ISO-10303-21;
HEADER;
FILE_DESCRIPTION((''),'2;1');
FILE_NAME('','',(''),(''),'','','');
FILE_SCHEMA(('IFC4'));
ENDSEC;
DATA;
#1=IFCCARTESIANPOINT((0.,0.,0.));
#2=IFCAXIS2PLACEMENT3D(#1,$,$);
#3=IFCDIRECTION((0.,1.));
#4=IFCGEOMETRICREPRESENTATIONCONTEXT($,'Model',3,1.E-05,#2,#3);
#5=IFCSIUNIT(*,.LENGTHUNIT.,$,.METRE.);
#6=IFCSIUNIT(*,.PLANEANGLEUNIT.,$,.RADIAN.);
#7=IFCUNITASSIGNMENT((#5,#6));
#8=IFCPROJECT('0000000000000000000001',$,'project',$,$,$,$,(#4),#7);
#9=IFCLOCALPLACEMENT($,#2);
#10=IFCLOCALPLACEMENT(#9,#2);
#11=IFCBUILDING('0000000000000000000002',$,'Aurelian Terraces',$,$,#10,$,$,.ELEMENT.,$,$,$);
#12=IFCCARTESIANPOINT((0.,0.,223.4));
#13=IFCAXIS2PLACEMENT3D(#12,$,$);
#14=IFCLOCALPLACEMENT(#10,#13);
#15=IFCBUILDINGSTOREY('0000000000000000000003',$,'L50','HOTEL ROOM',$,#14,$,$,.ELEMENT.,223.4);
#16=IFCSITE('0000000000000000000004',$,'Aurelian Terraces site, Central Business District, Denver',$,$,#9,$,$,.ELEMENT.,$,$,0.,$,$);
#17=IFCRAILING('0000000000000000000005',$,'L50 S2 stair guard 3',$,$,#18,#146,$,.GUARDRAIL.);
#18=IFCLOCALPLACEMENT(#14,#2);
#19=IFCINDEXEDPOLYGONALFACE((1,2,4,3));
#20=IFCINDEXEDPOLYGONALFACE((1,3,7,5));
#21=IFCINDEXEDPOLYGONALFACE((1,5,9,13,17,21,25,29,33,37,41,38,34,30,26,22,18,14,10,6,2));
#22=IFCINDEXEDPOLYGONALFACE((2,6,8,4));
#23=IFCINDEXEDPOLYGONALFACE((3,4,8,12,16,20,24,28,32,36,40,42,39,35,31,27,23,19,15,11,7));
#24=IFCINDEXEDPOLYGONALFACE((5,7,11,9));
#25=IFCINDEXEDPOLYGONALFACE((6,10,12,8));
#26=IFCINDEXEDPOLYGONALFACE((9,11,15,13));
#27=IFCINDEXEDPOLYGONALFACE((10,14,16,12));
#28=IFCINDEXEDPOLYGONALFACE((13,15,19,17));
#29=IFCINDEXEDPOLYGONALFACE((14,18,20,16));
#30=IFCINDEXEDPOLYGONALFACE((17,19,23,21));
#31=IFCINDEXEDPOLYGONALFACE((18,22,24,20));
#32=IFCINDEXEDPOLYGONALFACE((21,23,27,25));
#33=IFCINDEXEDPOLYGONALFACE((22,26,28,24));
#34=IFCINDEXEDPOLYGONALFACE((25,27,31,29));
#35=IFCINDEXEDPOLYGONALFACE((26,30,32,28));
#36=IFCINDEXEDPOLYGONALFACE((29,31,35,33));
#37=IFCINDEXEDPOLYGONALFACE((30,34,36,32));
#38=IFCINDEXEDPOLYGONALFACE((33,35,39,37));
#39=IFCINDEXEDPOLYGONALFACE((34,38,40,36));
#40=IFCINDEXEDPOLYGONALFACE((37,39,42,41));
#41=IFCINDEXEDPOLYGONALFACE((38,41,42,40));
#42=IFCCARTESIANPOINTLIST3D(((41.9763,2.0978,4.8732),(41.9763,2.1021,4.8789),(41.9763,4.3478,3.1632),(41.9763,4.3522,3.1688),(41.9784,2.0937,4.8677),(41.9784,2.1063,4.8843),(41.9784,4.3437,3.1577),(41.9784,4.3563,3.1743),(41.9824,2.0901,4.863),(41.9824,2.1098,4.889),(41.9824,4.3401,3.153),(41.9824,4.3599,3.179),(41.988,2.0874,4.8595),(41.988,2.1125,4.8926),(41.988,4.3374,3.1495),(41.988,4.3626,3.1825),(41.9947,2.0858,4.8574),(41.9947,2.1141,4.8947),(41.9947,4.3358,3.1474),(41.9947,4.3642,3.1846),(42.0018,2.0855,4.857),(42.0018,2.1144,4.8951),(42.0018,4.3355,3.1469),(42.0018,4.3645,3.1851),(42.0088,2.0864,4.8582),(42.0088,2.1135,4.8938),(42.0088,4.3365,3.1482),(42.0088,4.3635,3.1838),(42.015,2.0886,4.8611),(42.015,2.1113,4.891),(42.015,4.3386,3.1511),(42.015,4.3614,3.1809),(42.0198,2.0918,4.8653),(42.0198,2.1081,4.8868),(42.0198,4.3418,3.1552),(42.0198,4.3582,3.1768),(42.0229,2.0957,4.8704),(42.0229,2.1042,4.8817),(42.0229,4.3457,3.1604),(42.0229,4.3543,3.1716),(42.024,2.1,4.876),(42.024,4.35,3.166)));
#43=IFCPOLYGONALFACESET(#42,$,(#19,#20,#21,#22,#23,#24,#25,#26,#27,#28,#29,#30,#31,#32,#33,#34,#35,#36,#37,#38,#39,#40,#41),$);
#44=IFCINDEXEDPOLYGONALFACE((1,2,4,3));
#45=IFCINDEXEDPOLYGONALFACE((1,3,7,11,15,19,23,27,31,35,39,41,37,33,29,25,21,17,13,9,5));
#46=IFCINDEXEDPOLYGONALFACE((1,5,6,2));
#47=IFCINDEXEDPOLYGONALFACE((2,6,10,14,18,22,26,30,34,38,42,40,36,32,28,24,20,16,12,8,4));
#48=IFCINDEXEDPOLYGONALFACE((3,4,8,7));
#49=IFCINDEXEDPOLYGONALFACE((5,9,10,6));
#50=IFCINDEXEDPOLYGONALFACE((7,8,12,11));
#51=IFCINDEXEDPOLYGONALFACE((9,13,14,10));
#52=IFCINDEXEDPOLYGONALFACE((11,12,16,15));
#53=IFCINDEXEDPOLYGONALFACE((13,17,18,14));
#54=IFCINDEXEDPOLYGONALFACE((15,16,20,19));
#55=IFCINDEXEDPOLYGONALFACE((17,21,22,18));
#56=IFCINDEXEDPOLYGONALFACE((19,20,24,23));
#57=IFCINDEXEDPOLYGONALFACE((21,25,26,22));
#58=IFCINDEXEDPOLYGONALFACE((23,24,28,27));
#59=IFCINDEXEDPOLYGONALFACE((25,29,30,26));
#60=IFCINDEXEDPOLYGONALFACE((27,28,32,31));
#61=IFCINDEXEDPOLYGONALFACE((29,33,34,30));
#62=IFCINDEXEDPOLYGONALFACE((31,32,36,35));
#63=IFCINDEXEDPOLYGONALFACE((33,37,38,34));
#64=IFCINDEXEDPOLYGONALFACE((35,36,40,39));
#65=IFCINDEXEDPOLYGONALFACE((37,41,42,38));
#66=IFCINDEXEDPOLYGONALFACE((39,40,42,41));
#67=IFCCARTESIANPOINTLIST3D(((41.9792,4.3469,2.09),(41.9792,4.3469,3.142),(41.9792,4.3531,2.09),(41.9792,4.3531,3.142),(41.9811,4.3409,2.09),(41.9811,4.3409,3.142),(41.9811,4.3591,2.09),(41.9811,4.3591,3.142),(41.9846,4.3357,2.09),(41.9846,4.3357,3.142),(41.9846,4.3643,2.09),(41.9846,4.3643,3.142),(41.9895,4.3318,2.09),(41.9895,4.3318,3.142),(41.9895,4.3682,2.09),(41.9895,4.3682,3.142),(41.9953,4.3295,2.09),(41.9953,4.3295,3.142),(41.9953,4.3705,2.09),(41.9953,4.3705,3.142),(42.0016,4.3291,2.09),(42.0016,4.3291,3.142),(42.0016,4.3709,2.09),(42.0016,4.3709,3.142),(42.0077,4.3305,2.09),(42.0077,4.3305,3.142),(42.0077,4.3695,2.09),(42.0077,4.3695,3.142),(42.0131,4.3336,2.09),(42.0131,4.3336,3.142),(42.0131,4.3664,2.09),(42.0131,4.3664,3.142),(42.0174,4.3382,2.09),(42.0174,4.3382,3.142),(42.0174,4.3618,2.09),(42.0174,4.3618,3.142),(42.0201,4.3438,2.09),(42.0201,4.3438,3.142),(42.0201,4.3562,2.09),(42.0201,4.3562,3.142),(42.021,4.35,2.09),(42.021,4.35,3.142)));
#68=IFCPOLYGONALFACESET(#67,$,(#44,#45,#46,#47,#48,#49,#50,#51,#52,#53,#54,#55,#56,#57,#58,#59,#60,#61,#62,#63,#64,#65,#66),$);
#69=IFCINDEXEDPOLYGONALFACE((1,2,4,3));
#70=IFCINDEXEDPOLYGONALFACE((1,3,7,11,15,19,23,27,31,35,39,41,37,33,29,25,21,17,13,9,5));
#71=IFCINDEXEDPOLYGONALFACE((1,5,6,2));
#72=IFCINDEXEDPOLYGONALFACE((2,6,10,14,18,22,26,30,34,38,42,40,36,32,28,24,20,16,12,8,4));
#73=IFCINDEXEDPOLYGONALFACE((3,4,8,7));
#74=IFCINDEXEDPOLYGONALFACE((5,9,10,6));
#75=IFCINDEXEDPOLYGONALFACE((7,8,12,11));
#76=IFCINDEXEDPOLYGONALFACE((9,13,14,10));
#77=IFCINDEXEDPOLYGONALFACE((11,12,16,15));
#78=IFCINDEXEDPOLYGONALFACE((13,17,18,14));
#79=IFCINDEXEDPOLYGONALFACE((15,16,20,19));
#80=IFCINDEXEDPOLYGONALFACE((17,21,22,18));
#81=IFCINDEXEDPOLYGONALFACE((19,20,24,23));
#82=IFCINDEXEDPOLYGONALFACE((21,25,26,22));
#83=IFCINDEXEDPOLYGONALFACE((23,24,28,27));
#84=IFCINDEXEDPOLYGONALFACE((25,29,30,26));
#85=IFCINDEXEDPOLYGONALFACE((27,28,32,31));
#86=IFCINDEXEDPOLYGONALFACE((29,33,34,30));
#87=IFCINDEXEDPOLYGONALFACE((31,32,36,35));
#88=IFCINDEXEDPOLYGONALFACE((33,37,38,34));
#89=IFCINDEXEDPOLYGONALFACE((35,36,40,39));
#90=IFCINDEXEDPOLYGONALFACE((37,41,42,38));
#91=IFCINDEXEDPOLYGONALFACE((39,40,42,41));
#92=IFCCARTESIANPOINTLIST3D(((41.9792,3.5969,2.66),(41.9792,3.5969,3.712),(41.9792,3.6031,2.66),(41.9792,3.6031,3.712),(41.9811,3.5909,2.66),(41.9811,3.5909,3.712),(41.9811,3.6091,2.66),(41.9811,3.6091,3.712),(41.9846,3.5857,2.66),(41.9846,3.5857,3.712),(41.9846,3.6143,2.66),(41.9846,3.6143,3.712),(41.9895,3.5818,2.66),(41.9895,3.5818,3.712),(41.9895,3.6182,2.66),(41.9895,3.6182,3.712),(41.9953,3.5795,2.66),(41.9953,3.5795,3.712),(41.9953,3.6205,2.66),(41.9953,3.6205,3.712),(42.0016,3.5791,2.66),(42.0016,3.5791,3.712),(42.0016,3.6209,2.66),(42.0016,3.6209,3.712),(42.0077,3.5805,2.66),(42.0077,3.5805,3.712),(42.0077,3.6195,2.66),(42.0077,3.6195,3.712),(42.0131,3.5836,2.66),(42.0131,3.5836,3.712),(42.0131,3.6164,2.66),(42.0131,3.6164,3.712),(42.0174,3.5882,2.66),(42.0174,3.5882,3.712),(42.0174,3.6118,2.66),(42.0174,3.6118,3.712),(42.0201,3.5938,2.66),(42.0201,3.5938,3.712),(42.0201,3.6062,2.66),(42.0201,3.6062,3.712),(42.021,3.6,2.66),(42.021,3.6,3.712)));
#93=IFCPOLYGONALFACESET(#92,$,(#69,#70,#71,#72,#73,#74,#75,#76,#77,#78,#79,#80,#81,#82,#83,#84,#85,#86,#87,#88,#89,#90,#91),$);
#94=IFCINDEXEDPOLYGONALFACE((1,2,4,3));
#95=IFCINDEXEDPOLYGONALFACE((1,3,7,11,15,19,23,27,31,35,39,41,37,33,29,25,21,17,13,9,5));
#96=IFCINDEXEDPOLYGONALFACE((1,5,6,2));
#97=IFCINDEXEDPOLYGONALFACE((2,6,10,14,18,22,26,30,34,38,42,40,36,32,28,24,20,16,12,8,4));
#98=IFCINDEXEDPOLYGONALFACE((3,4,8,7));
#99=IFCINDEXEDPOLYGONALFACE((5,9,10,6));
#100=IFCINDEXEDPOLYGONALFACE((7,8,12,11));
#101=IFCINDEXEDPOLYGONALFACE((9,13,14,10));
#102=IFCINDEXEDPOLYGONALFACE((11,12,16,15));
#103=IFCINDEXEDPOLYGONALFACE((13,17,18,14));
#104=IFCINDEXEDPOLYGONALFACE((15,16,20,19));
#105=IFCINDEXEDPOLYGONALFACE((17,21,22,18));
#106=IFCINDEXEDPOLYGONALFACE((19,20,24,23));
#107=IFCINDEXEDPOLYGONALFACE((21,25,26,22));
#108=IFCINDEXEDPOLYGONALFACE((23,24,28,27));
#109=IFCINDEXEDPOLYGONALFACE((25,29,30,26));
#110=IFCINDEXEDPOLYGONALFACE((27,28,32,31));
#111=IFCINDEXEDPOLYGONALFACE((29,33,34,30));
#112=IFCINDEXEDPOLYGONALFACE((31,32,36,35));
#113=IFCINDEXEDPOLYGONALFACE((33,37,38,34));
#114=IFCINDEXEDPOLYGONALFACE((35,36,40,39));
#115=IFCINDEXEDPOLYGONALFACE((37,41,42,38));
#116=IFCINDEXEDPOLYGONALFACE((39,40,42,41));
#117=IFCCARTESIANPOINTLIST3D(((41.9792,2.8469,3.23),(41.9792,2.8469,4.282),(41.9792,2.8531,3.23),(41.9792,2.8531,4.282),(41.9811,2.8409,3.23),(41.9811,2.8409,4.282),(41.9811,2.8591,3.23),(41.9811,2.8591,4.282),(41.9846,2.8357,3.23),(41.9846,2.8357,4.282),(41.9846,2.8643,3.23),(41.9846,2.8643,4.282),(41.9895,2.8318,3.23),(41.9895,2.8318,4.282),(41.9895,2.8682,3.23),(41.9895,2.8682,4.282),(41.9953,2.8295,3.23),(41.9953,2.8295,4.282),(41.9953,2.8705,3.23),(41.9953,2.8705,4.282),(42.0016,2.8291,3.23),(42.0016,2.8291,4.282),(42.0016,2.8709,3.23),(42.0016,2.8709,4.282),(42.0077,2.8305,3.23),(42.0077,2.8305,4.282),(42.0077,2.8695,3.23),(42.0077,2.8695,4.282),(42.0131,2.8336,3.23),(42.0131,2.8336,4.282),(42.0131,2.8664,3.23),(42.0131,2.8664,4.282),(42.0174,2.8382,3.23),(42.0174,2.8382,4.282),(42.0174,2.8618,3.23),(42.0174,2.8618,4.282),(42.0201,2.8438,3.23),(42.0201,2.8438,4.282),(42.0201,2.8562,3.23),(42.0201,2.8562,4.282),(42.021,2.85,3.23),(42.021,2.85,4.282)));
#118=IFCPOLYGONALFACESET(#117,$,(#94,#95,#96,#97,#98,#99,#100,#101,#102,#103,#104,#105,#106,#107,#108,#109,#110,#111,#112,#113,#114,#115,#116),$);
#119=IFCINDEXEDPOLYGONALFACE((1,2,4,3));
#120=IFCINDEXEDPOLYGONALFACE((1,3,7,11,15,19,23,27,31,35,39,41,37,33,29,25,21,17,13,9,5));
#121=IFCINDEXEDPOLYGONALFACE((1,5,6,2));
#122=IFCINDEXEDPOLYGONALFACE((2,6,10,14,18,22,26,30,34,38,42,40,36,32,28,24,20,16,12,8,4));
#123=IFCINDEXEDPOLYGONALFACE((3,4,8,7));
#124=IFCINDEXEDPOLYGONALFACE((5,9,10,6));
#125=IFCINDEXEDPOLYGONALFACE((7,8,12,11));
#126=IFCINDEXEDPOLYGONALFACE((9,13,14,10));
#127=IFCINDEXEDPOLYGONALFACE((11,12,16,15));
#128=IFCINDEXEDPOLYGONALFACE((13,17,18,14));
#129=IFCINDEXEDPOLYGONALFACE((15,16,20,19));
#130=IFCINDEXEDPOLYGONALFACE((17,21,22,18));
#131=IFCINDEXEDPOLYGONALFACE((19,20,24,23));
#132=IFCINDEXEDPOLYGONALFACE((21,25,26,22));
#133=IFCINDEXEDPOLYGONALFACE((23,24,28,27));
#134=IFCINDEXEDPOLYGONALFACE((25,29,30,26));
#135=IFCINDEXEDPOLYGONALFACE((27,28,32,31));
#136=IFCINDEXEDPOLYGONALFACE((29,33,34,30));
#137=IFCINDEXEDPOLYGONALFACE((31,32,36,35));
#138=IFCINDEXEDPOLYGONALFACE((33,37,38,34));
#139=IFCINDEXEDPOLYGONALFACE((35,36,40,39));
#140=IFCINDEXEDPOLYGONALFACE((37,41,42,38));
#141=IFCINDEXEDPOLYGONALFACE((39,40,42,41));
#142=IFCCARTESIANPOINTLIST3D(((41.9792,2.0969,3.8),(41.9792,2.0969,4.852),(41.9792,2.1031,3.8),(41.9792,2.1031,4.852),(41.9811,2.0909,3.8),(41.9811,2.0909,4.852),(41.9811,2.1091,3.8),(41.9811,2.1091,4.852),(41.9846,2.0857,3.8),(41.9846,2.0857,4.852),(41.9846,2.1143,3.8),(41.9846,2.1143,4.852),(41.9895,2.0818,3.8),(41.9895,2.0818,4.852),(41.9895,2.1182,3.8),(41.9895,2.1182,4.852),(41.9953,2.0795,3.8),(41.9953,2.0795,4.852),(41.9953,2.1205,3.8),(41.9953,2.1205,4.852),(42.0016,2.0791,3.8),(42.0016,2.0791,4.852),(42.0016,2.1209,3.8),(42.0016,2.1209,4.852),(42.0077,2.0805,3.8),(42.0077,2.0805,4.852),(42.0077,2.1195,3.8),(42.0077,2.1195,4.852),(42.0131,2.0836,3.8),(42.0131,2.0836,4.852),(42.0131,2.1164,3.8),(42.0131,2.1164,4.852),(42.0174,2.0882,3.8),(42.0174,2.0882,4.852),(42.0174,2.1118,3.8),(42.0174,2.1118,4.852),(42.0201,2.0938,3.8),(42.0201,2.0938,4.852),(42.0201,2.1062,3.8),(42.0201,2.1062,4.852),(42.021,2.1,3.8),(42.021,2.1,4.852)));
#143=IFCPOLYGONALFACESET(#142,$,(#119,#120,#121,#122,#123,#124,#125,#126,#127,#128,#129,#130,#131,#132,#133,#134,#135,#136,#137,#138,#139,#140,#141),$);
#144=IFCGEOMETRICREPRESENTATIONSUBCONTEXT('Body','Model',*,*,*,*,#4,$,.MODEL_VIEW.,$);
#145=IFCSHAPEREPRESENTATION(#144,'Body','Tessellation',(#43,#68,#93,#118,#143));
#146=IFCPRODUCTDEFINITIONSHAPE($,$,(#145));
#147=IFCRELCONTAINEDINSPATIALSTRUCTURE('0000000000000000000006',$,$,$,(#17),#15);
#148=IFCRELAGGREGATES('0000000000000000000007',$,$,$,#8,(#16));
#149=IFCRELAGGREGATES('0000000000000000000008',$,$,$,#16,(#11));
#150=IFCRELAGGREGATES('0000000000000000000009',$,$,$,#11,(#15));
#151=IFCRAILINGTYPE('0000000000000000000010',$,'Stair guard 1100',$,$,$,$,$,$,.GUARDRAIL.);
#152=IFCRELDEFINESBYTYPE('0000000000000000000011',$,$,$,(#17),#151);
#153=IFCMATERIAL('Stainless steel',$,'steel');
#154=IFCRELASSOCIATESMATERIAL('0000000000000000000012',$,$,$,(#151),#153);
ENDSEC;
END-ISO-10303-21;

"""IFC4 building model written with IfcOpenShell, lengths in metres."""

from ifc_helpers import new_model, si_unit, direction, frame, origin, origin_2d, place, context, subcontext, project, spatial, circle, extrude, source, transform, mapped, material, type_object, element, save


model = new_model("IFC4")

# Units and contexts
model_context = context("Model", 3, precision=1e-05, world=origin(), true_north=direction((0.0, 1.0)))
body_context = subcontext(model_context, "Body", "Model", "MODEL_VIEW")
ifc_project = project(units=[si_unit("LENGTHUNIT", "METRE"), si_unit("PLANEANGLEUNIT", "RADIAN")], contexts=[model_context])

# Site, building, storey
site_placement = place(None, origin())
site = spatial("IfcSite", under=ifc_project, at=site_placement, Name="Aurelian Terraces site, Central Business District, Denver", CompositionType="ELEMENT", RefElevation=0.0)
building_placement = place(site_placement, origin())
building = spatial("IfcBuilding", under=site, at=building_placement, Name="Aurelian Terraces", CompositionType="ELEMENT")
storey_placement = place(building_placement, frame((0.0, 0.0, 223.4)))
storey = spatial("IfcBuildingStorey", under=building, at=storey_placement, Name="L50", Description="HOTEL ROOM", CompositionType="ELEMENT", Elevation=223.4)

# Railing
ifc_material_1 = material(Name="Stainless steel", Category="steel")
railing_type_1 = type_object("IfcRailingType", Name="Stair guard 1100", PredefinedType="GUARDRAIL", material=ifc_material_1)
shared_shape_1 = source(origin(), body_context, "Body", "SweptSolid", [
    extrude(circle(Radius=0.024, at=origin_2d()), frame((0.0, 0.0, 1.076), z_axis=(0.0, -0.796162, 0.605083), x_axis=(1.0, 0.0, 0.0)), (0.0, 0.0, 1.0), 2.8261),
    extrude(circle(Radius=0.021, at=origin_2d()), origin(), (0.0, 0.0, 1.0), 1.052),
    extrude(circle(Radius=0.021, at=origin_2d()), frame((0.0, -0.75, 0.57)), (0.0, 0.0, 1.0), 1.052),
    extrude(circle(Radius=0.021, at=origin_2d()), frame((0.0, -1.5, 1.14)), (0.0, 0.0, 1.0), 1.052),
    extrude(circle(Radius=0.021, at=origin_2d()), frame((0.0, -2.25, 1.71)), (0.0, 0.0, 1.0), 1.052),
])
railing_1_placement = place(storey_placement, frame((42.0, 4.35, 2.09)))
element("IfcRailing", 1, at=railing_1_placement, inside=storey, type_object=railing_type_1, Name="L50 S2 stair guard 3", PredefinedType="GUARDRAIL", context=body_context, shape_type="MappedRepresentation", body=[
    mapped(shared_shape_1, transform((0.0, 0.0, 0.0), scale=1.0)),
])

save(model, "model.ifc")
